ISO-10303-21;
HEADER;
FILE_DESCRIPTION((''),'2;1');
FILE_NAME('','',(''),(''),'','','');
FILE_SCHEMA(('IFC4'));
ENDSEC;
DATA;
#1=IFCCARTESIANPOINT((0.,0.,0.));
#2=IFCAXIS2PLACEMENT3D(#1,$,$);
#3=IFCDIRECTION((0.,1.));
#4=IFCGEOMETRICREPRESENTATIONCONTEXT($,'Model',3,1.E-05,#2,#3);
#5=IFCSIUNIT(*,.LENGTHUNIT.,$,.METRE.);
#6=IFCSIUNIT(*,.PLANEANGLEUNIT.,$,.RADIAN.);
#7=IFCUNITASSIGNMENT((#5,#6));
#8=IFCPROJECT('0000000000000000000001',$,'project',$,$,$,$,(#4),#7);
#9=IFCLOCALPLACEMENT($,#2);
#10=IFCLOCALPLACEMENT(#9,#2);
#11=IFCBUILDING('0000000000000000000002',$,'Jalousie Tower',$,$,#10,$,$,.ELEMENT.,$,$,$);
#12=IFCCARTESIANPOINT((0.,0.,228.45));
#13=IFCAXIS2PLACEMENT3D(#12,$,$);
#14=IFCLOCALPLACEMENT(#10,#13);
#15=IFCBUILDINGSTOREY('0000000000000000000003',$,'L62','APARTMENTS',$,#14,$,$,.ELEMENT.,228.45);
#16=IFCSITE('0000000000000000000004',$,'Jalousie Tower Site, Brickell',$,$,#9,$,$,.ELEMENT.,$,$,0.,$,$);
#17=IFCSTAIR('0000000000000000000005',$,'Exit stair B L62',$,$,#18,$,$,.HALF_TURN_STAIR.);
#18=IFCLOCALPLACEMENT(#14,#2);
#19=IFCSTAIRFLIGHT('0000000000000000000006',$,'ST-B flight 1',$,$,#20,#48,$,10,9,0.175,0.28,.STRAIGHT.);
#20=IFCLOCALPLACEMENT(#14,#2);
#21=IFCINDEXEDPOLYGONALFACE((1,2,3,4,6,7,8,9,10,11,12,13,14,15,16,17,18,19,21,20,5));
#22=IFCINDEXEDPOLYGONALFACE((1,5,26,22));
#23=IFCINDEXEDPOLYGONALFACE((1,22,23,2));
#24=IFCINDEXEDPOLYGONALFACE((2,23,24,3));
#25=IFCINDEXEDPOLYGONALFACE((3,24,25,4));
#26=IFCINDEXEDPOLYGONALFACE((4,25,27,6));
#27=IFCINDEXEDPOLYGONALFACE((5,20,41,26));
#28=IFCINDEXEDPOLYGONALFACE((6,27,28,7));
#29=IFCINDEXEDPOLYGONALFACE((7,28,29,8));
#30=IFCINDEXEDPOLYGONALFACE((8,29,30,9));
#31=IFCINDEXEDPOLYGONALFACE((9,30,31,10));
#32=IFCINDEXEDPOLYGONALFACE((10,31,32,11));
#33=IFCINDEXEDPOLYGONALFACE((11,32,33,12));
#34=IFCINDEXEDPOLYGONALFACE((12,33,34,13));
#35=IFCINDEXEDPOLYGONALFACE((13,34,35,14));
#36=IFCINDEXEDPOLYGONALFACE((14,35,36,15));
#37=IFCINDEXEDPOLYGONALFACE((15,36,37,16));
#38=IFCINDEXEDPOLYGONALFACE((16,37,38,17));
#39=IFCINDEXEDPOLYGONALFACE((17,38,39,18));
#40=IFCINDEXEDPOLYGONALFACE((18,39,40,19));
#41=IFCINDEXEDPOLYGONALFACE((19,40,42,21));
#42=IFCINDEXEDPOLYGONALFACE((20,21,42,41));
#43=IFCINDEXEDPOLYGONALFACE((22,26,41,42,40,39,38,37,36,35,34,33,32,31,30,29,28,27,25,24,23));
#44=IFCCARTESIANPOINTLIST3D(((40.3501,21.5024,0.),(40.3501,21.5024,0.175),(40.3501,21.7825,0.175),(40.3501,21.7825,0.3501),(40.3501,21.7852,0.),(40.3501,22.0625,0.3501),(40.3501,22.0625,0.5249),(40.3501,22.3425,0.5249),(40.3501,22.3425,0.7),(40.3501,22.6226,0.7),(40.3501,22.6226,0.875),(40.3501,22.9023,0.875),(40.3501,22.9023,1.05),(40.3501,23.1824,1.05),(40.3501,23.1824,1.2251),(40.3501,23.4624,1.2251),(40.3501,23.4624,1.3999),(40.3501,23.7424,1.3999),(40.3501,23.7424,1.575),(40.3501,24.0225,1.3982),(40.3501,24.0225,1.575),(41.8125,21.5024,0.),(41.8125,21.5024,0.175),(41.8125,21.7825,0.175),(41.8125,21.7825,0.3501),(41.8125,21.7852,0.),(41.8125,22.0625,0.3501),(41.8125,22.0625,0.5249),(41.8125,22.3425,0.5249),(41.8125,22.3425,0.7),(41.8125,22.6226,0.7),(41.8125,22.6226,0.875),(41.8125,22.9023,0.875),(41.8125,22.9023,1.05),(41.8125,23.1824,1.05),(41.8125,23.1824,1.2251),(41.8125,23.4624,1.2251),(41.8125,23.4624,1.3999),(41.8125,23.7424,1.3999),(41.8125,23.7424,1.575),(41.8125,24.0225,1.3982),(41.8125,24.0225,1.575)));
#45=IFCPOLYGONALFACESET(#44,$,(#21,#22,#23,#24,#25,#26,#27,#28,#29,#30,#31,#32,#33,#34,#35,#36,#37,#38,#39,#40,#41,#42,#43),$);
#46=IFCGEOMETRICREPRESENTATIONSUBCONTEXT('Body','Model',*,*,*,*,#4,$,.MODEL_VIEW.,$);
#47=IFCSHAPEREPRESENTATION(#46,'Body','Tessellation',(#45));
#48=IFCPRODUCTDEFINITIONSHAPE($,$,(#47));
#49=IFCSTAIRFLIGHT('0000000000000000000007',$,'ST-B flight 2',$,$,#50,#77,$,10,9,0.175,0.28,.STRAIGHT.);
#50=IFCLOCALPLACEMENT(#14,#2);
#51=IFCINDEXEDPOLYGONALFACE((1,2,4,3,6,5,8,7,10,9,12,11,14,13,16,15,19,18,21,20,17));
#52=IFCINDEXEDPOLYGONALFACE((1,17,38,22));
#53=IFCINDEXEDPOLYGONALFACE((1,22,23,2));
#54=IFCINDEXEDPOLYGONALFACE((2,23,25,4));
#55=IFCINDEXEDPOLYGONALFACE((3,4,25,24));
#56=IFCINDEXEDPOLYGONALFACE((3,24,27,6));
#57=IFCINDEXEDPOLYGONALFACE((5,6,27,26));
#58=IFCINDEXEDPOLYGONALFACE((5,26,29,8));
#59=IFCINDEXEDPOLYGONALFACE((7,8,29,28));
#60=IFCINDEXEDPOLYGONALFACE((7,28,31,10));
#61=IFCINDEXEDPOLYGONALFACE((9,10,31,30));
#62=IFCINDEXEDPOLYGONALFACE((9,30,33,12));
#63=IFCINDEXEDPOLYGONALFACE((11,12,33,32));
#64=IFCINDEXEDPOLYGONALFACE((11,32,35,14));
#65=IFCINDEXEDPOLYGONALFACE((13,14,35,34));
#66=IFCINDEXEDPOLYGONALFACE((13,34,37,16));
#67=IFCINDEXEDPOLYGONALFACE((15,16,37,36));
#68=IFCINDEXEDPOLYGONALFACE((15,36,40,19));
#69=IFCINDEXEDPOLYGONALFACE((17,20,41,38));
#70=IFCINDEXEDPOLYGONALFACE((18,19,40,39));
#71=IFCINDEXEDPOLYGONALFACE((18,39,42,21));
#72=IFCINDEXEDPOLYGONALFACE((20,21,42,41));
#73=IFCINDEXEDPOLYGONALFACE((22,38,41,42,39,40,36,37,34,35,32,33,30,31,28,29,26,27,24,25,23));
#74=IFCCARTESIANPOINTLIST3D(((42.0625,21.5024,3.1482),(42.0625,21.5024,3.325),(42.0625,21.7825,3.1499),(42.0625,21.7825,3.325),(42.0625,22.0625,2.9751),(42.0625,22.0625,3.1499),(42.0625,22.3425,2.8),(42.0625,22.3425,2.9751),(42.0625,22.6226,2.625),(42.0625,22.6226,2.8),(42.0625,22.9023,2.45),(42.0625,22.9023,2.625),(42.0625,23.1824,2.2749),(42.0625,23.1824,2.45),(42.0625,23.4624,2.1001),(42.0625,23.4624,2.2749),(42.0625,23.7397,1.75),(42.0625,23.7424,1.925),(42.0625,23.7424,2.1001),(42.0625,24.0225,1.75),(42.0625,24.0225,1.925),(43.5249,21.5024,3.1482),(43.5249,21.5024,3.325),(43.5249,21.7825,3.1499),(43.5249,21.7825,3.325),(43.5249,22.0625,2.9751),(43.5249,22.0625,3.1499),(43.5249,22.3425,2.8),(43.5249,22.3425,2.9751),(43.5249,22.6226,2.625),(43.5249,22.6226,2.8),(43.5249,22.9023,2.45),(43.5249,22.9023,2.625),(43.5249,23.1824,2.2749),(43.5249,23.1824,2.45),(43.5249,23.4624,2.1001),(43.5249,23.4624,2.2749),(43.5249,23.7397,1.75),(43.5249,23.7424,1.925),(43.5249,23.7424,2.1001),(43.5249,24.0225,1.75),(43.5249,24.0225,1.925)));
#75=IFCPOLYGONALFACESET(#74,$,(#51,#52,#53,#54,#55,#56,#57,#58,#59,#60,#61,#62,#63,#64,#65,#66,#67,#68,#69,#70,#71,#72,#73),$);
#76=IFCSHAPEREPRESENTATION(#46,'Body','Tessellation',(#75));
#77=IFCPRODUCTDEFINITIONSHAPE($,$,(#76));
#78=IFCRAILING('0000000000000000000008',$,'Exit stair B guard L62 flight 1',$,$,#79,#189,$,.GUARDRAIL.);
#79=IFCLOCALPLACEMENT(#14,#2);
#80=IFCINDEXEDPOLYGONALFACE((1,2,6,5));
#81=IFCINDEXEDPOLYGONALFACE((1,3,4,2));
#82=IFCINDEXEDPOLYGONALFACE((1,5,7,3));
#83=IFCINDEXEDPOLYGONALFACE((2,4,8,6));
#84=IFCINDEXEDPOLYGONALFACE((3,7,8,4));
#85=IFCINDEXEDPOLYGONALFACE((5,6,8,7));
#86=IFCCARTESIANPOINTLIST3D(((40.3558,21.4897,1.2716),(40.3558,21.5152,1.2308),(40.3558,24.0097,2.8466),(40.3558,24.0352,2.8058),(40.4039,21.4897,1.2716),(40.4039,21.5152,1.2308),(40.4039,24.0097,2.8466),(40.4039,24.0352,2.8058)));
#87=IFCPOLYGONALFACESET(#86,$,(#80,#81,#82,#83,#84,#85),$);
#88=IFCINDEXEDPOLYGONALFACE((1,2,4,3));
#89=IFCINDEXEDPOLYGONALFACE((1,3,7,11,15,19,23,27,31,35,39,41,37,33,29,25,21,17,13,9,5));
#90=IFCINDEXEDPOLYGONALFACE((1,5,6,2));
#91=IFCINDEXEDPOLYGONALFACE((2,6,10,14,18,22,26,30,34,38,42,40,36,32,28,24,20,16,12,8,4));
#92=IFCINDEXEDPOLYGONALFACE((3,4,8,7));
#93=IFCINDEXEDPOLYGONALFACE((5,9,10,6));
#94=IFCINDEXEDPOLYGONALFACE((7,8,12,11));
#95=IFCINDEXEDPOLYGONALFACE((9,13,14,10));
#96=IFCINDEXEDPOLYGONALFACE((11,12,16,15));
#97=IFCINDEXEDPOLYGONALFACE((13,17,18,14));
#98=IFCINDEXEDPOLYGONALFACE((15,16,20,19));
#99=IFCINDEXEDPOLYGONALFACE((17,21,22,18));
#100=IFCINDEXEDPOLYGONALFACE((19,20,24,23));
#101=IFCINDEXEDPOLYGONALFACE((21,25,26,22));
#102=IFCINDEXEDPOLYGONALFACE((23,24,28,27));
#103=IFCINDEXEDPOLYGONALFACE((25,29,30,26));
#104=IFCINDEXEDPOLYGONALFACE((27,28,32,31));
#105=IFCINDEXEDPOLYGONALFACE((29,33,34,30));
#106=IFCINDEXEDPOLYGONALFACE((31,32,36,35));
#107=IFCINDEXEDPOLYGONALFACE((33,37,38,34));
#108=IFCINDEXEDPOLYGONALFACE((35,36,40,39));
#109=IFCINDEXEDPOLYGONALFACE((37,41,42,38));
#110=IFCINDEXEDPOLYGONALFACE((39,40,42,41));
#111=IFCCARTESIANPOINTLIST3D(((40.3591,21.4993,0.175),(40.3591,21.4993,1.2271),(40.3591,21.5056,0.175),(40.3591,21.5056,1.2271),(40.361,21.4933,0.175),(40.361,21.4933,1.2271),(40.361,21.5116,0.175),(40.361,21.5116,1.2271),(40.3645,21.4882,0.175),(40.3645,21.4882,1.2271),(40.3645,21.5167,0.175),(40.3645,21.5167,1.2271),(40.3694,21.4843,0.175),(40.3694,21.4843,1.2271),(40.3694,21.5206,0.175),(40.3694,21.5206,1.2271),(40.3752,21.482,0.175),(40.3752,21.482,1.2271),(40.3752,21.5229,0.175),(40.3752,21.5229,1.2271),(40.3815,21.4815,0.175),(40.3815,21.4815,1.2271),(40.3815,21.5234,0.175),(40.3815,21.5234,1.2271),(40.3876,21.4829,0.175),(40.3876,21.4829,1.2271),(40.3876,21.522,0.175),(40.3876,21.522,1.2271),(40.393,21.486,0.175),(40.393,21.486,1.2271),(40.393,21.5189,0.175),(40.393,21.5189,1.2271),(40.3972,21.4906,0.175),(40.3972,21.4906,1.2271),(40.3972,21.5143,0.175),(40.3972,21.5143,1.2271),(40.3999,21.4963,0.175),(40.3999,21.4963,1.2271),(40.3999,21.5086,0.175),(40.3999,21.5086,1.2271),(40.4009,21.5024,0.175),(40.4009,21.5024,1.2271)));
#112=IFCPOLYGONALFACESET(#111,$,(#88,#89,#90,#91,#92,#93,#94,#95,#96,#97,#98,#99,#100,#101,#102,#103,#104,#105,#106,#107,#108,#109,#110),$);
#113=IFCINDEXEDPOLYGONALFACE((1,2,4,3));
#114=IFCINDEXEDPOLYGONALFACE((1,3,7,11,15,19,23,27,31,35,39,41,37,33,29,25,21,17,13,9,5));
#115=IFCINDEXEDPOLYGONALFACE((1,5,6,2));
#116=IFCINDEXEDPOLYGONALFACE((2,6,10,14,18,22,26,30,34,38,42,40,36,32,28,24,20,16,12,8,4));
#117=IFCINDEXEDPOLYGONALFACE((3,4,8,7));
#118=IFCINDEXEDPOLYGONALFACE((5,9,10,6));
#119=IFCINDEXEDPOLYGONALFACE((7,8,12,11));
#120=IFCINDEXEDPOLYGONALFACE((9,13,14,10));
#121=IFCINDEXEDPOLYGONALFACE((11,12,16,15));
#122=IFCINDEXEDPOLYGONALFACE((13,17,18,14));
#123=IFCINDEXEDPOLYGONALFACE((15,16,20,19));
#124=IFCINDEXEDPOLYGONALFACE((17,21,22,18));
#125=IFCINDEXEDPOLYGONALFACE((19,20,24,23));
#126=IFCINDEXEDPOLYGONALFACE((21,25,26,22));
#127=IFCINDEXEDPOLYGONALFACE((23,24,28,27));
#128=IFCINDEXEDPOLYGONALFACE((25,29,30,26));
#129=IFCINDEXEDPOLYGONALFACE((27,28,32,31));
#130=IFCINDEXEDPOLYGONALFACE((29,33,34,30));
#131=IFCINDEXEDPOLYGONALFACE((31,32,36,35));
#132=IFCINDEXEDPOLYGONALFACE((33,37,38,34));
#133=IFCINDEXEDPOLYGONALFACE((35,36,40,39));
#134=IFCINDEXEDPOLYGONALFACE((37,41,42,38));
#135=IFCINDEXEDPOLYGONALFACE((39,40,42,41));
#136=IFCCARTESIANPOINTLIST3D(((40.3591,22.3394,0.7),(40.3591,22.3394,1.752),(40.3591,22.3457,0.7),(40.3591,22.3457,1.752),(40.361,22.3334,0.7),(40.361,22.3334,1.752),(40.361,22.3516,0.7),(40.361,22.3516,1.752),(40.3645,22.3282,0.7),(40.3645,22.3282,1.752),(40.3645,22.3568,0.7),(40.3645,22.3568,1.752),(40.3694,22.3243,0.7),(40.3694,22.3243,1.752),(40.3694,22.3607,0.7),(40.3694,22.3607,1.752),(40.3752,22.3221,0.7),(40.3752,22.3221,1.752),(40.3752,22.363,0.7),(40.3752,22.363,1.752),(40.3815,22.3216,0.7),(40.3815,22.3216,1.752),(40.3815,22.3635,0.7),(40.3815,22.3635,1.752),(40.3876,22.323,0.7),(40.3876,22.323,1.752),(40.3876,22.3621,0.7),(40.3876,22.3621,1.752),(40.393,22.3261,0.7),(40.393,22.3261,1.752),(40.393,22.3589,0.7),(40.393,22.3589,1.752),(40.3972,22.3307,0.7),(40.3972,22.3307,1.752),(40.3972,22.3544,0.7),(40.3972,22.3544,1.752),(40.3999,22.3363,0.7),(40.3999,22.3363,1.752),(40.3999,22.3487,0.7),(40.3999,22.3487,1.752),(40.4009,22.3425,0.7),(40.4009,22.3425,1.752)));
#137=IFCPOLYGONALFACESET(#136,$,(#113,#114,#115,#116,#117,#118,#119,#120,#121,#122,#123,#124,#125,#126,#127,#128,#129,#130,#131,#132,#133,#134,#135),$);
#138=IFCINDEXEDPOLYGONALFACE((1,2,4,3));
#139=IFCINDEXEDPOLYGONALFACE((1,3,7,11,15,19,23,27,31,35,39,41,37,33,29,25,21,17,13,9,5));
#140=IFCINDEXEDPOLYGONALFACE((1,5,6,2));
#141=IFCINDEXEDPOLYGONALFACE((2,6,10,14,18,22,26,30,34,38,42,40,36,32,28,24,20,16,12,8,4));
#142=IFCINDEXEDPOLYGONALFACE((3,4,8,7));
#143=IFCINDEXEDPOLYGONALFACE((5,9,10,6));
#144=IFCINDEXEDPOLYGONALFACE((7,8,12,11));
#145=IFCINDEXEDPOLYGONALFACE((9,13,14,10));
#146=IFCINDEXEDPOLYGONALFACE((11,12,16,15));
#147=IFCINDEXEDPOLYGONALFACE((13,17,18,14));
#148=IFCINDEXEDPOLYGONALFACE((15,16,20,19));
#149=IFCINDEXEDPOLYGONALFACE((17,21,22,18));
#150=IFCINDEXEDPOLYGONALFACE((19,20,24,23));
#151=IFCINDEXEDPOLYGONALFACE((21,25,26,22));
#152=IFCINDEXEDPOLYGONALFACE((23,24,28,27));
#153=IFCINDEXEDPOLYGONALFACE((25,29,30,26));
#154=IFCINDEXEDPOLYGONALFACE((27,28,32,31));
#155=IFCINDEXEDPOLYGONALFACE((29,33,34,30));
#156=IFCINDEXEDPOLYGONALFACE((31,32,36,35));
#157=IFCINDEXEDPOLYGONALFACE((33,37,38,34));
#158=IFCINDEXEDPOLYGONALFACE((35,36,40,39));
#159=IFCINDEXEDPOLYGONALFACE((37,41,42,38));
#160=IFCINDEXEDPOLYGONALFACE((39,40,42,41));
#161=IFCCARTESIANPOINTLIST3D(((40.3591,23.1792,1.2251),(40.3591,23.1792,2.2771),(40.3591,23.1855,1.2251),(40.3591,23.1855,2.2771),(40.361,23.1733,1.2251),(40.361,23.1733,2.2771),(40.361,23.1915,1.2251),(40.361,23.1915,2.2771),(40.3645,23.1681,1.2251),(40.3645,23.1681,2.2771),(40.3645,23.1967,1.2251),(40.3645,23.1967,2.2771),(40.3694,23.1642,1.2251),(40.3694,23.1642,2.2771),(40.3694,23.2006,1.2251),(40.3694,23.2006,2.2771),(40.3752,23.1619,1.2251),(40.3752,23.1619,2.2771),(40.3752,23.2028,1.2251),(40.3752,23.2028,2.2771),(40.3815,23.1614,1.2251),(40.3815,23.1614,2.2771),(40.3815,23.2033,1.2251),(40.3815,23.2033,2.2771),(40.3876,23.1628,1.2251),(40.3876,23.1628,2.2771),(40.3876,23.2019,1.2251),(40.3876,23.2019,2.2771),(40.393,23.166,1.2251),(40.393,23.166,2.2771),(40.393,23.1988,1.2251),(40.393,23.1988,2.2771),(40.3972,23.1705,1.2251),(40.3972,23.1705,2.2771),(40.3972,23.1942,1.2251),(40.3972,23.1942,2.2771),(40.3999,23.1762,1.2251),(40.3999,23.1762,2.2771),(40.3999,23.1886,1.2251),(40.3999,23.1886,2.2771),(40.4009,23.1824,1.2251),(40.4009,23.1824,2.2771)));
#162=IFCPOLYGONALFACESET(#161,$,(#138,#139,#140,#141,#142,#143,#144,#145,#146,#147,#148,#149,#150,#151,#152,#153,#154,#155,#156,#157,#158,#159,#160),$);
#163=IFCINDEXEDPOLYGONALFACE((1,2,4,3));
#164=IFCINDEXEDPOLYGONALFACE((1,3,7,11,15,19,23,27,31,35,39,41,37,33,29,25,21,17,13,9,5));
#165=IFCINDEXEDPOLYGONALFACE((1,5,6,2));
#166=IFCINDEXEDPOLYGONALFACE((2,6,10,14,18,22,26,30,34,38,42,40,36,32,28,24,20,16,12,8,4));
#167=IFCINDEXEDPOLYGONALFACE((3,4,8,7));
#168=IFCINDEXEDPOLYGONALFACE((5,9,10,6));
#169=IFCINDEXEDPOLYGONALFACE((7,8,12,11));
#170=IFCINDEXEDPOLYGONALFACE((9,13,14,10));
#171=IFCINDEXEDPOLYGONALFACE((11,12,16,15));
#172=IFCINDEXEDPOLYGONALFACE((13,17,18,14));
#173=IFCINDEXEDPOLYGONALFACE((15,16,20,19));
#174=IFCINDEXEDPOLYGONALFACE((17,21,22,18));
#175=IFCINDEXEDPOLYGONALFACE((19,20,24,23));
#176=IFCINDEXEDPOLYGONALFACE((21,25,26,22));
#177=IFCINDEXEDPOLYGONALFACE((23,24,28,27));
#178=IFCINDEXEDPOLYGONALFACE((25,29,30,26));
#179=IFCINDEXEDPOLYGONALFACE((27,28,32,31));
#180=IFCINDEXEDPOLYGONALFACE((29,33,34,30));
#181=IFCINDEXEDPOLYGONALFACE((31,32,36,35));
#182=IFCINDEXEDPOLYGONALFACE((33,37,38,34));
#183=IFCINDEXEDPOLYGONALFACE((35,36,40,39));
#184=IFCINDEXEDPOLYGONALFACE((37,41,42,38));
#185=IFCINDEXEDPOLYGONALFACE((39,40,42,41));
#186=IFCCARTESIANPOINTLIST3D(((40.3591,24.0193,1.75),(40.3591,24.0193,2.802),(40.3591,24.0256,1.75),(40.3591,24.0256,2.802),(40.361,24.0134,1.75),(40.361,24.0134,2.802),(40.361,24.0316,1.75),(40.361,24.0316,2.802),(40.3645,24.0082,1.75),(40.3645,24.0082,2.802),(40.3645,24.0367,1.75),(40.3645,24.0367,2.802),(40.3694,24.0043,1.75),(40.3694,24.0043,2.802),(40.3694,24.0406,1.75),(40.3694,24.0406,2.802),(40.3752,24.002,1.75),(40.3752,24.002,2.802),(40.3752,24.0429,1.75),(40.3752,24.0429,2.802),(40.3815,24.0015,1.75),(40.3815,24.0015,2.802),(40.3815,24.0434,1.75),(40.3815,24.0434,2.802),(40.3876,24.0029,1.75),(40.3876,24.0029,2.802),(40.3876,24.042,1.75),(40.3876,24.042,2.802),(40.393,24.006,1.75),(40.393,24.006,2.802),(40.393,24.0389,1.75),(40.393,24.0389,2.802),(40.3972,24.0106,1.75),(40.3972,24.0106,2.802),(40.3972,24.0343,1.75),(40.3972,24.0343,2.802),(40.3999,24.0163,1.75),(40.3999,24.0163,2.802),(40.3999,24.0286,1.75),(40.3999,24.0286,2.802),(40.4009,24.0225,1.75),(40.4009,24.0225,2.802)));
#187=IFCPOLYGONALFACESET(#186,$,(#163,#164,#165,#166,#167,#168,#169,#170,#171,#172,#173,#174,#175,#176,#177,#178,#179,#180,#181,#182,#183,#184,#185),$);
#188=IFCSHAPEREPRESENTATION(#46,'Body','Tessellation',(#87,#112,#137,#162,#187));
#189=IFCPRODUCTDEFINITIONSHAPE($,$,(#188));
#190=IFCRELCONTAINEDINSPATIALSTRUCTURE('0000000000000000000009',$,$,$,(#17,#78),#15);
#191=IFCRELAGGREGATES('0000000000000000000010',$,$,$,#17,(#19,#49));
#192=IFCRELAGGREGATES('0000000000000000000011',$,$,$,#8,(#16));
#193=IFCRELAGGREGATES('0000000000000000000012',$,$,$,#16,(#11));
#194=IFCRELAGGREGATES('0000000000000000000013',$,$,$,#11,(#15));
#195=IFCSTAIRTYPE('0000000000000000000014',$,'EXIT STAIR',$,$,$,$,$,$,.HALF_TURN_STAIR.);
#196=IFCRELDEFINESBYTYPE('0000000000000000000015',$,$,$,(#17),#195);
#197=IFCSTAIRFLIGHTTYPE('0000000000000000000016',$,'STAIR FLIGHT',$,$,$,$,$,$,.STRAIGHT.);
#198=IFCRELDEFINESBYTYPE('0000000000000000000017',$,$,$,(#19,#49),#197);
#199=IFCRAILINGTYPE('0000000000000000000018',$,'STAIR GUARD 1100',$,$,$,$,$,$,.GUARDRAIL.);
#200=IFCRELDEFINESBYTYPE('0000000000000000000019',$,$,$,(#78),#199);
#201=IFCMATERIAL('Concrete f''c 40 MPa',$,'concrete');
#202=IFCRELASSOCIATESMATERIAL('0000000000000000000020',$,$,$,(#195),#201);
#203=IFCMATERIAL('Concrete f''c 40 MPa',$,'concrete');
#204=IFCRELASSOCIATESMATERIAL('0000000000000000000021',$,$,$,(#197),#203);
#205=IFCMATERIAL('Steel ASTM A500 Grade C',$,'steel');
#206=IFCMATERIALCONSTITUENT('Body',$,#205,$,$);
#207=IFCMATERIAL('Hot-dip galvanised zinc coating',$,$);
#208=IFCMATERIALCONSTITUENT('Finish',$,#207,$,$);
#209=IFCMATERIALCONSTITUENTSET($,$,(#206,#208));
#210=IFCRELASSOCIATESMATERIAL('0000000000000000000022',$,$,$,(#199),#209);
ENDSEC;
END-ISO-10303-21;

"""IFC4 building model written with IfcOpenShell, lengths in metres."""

from ifc_helpers import new_model, si_unit, direction, frame, origin, origin_2d, place, context, subcontext, project, spatial, polyline, rectangle, circle, outline, extrude, material, constituent, constituent_set, type_object, element, aggregate, save


model = new_model("IFC4")

# Units and contexts
model_context = context("Model", 3, precision=1e-05, world=origin(), true_north=direction((0.0, 1.0)))
body_context = subcontext(model_context, "Body", "Model", "MODEL_VIEW")
ifc_project = project(units=[si_unit("LENGTHUNIT", "METRE"), si_unit("PLANEANGLEUNIT", "RADIAN")], contexts=[model_context])

# Site, building, storey
site_placement = place(None, origin())
site = spatial("IfcSite", under=ifc_project, at=site_placement, Name="Jalousie Tower Site, Brickell", CompositionType="ELEMENT", RefElevation=0.0)
building_placement = place(site_placement, origin())
building = spatial("IfcBuilding", under=site, at=building_placement, Name="Jalousie Tower", CompositionType="ELEMENT")
storey_placement = place(building_placement, frame((0.0, 0.0, 228.45)))
storey = spatial("IfcBuildingStorey", under=building, at=storey_placement, Name="L62", Description="APARTMENTS", CompositionType="ELEMENT", Elevation=228.45)

# Stair, stair flights
ifc_material_1 = material(Name="Concrete f'c 40 MPa", Category="concrete")
stair_type = type_object("IfcStairType", Name="EXIT STAIR", PredefinedType="HALF_TURN_STAIR", material=ifc_material_1)
stair_placement = place(storey_placement, origin())
stair = element("IfcStair", 1, at=stair_placement, inside=storey, type_object=stair_type, Name="Exit stair B L62", PredefinedType="HALF_TURN_STAIR")
ifc_material_2 = material(Name="Concrete f'c 40 MPa", Category="concrete")
stair_flight_type = type_object("IfcStairFlightType", Name="STAIR FLIGHT", PredefinedType="STRAIGHT", material=ifc_material_2)
stair_flight_1_placement = place(storey_placement, frame((41.0813, 21.5024, 0.0), z_axis=(0.0, 0.0, 1.0), x_axis=(0.0, 1.0, 0.0)))
stair_flight_1 = element("IfcStairFlight", 2, at=stair_flight_1_placement, type_object=stair_flight_type, Name="ST-B flight 1", NumberOfRisers=10, NumberOfTreads=9, PredefinedType="STRAIGHT", RiserHeight=0.175, TreadLength=0.28, context=body_context, shape_type="SweptSolid", body=[
    extrude(outline(polyline([(0.0, 0.0), (0.0, 0.175), (0.28, 0.175), (0.28, 0.3501), (0.5601, 0.3501), (0.5601, 0.5249), (0.8401, 0.5249), (0.8401, 0.7), (1.1201, 0.7), (1.1201, 0.875), (1.3999, 0.875), (1.3999, 1.05), (1.6799, 1.05), (1.6799, 1.2251), (1.96, 1.2251), (1.96, 1.3999), (2.24, 1.3999), (2.24, 1.575), (2.52, 1.575), (2.52, 1.75), (2.52, 1.3982), (0.2827, 0.0), (0.0, 0.0)])), frame((0.0, 0.7312, 0.0), z_axis=(0.0, -1.0, 0.0), x_axis=(1.0, 0.0, 0.0)), (0.0, 0.0, 1.0), 1.4624),
])
stair_flight_2_placement = place(storey_placement, frame((42.7937, 24.0225, 1.75), z_axis=(0.0, 0.0, 1.0), x_axis=(0.0, -1.0, 0.0)))
stair_flight_2 = element("IfcStairFlight", 3, at=stair_flight_2_placement, type_object=stair_flight_type, Name="ST-B flight 2", NumberOfRisers=10, NumberOfTreads=9, PredefinedType="STRAIGHT", RiserHeight=0.175, TreadLength=0.28, context=body_context, shape_type="SweptSolid", body=[
    extrude(outline(polyline([(0.0, 0.0), (0.0, 0.175), (0.28, 0.175), (0.28, 0.3501), (0.5601, 0.3501), (0.5601, 0.5249), (0.8401, 0.5249), (0.8401, 0.7), (1.1201, 0.7), (1.1201, 0.875), (1.3999, 0.875), (1.3999, 1.05), (1.6799, 1.05), (1.6799, 1.2251), (1.96, 1.2251), (1.96, 1.3999), (2.24, 1.3999), (2.24, 1.575), (2.52, 1.575), (2.52, 1.75), (2.52, 1.3982), (0.2827, 0.0), (0.0, 0.0)])), frame((0.0, 0.7312, 0.0), z_axis=(0.0, -1.0, 0.0), x_axis=(1.0, 0.0, 0.0)), (0.0, 0.0, 1.0), 1.4624),
])
aggregate(stair, [stair_flight_1, stair_flight_2])

# Railing
ifc_material_3 = material(Name="Steel ASTM A500 Grade C", Category="steel")
ifc_constituent_1 = constituent(ifc_material_3, Name="Body")
ifc_material_4 = material(Name="Hot-dip galvanised zinc coating")
ifc_constituent_2 = constituent(ifc_material_4, Name="Finish")
ifc_constituent_set_1 = constituent_set(constituents=[ifc_constituent_1, ifc_constituent_2])
railing_type_1 = type_object("IfcRailingType", Name="STAIR GUARD 1100", PredefinedType="GUARDRAIL", material=ifc_constituent_set_1)
railing_1_placement = place(storey_placement, frame((40.3799, 21.5024, 0.175)))
element("IfcRailing", 4, at=railing_1_placement, inside=storey, type_object=railing_type_1, Name="Exit stair B guard L62 flight 1", PredefinedType="GUARDRAIL", context=body_context, shape_type="SweptSolid", body=[
    extrude(rectangle(XDim=0.0481, YDim=0.0481, at=origin_2d()), frame((0.0, 0.0, 1.0762), z_axis=(0.0, 0.848008, 0.529984), x_axis=(-1.0, 0.0, 0.0)), (0.0, 0.0, 1.0), 2.9717),
    extrude(circle(Radius=0.021, at=origin_2d()), origin(), (0.0, 0.0, 1.0), 1.052),
    extrude(circle(Radius=0.021, at=origin_2d()), frame((0.0, 0.8401, 0.5249)), (0.0, 0.0, 1.0), 1.052),
    extrude(circle(Radius=0.021, at=origin_2d()), frame((0.0, 1.6799, 1.05)), (0.0, 0.0, 1.0), 1.052),
    extrude(circle(Radius=0.021, at=origin_2d()), frame((0.0, 2.52, 1.575)), (0.0, 0.0, 1.0), 1.052),
])

save(model, "model.ifc")
